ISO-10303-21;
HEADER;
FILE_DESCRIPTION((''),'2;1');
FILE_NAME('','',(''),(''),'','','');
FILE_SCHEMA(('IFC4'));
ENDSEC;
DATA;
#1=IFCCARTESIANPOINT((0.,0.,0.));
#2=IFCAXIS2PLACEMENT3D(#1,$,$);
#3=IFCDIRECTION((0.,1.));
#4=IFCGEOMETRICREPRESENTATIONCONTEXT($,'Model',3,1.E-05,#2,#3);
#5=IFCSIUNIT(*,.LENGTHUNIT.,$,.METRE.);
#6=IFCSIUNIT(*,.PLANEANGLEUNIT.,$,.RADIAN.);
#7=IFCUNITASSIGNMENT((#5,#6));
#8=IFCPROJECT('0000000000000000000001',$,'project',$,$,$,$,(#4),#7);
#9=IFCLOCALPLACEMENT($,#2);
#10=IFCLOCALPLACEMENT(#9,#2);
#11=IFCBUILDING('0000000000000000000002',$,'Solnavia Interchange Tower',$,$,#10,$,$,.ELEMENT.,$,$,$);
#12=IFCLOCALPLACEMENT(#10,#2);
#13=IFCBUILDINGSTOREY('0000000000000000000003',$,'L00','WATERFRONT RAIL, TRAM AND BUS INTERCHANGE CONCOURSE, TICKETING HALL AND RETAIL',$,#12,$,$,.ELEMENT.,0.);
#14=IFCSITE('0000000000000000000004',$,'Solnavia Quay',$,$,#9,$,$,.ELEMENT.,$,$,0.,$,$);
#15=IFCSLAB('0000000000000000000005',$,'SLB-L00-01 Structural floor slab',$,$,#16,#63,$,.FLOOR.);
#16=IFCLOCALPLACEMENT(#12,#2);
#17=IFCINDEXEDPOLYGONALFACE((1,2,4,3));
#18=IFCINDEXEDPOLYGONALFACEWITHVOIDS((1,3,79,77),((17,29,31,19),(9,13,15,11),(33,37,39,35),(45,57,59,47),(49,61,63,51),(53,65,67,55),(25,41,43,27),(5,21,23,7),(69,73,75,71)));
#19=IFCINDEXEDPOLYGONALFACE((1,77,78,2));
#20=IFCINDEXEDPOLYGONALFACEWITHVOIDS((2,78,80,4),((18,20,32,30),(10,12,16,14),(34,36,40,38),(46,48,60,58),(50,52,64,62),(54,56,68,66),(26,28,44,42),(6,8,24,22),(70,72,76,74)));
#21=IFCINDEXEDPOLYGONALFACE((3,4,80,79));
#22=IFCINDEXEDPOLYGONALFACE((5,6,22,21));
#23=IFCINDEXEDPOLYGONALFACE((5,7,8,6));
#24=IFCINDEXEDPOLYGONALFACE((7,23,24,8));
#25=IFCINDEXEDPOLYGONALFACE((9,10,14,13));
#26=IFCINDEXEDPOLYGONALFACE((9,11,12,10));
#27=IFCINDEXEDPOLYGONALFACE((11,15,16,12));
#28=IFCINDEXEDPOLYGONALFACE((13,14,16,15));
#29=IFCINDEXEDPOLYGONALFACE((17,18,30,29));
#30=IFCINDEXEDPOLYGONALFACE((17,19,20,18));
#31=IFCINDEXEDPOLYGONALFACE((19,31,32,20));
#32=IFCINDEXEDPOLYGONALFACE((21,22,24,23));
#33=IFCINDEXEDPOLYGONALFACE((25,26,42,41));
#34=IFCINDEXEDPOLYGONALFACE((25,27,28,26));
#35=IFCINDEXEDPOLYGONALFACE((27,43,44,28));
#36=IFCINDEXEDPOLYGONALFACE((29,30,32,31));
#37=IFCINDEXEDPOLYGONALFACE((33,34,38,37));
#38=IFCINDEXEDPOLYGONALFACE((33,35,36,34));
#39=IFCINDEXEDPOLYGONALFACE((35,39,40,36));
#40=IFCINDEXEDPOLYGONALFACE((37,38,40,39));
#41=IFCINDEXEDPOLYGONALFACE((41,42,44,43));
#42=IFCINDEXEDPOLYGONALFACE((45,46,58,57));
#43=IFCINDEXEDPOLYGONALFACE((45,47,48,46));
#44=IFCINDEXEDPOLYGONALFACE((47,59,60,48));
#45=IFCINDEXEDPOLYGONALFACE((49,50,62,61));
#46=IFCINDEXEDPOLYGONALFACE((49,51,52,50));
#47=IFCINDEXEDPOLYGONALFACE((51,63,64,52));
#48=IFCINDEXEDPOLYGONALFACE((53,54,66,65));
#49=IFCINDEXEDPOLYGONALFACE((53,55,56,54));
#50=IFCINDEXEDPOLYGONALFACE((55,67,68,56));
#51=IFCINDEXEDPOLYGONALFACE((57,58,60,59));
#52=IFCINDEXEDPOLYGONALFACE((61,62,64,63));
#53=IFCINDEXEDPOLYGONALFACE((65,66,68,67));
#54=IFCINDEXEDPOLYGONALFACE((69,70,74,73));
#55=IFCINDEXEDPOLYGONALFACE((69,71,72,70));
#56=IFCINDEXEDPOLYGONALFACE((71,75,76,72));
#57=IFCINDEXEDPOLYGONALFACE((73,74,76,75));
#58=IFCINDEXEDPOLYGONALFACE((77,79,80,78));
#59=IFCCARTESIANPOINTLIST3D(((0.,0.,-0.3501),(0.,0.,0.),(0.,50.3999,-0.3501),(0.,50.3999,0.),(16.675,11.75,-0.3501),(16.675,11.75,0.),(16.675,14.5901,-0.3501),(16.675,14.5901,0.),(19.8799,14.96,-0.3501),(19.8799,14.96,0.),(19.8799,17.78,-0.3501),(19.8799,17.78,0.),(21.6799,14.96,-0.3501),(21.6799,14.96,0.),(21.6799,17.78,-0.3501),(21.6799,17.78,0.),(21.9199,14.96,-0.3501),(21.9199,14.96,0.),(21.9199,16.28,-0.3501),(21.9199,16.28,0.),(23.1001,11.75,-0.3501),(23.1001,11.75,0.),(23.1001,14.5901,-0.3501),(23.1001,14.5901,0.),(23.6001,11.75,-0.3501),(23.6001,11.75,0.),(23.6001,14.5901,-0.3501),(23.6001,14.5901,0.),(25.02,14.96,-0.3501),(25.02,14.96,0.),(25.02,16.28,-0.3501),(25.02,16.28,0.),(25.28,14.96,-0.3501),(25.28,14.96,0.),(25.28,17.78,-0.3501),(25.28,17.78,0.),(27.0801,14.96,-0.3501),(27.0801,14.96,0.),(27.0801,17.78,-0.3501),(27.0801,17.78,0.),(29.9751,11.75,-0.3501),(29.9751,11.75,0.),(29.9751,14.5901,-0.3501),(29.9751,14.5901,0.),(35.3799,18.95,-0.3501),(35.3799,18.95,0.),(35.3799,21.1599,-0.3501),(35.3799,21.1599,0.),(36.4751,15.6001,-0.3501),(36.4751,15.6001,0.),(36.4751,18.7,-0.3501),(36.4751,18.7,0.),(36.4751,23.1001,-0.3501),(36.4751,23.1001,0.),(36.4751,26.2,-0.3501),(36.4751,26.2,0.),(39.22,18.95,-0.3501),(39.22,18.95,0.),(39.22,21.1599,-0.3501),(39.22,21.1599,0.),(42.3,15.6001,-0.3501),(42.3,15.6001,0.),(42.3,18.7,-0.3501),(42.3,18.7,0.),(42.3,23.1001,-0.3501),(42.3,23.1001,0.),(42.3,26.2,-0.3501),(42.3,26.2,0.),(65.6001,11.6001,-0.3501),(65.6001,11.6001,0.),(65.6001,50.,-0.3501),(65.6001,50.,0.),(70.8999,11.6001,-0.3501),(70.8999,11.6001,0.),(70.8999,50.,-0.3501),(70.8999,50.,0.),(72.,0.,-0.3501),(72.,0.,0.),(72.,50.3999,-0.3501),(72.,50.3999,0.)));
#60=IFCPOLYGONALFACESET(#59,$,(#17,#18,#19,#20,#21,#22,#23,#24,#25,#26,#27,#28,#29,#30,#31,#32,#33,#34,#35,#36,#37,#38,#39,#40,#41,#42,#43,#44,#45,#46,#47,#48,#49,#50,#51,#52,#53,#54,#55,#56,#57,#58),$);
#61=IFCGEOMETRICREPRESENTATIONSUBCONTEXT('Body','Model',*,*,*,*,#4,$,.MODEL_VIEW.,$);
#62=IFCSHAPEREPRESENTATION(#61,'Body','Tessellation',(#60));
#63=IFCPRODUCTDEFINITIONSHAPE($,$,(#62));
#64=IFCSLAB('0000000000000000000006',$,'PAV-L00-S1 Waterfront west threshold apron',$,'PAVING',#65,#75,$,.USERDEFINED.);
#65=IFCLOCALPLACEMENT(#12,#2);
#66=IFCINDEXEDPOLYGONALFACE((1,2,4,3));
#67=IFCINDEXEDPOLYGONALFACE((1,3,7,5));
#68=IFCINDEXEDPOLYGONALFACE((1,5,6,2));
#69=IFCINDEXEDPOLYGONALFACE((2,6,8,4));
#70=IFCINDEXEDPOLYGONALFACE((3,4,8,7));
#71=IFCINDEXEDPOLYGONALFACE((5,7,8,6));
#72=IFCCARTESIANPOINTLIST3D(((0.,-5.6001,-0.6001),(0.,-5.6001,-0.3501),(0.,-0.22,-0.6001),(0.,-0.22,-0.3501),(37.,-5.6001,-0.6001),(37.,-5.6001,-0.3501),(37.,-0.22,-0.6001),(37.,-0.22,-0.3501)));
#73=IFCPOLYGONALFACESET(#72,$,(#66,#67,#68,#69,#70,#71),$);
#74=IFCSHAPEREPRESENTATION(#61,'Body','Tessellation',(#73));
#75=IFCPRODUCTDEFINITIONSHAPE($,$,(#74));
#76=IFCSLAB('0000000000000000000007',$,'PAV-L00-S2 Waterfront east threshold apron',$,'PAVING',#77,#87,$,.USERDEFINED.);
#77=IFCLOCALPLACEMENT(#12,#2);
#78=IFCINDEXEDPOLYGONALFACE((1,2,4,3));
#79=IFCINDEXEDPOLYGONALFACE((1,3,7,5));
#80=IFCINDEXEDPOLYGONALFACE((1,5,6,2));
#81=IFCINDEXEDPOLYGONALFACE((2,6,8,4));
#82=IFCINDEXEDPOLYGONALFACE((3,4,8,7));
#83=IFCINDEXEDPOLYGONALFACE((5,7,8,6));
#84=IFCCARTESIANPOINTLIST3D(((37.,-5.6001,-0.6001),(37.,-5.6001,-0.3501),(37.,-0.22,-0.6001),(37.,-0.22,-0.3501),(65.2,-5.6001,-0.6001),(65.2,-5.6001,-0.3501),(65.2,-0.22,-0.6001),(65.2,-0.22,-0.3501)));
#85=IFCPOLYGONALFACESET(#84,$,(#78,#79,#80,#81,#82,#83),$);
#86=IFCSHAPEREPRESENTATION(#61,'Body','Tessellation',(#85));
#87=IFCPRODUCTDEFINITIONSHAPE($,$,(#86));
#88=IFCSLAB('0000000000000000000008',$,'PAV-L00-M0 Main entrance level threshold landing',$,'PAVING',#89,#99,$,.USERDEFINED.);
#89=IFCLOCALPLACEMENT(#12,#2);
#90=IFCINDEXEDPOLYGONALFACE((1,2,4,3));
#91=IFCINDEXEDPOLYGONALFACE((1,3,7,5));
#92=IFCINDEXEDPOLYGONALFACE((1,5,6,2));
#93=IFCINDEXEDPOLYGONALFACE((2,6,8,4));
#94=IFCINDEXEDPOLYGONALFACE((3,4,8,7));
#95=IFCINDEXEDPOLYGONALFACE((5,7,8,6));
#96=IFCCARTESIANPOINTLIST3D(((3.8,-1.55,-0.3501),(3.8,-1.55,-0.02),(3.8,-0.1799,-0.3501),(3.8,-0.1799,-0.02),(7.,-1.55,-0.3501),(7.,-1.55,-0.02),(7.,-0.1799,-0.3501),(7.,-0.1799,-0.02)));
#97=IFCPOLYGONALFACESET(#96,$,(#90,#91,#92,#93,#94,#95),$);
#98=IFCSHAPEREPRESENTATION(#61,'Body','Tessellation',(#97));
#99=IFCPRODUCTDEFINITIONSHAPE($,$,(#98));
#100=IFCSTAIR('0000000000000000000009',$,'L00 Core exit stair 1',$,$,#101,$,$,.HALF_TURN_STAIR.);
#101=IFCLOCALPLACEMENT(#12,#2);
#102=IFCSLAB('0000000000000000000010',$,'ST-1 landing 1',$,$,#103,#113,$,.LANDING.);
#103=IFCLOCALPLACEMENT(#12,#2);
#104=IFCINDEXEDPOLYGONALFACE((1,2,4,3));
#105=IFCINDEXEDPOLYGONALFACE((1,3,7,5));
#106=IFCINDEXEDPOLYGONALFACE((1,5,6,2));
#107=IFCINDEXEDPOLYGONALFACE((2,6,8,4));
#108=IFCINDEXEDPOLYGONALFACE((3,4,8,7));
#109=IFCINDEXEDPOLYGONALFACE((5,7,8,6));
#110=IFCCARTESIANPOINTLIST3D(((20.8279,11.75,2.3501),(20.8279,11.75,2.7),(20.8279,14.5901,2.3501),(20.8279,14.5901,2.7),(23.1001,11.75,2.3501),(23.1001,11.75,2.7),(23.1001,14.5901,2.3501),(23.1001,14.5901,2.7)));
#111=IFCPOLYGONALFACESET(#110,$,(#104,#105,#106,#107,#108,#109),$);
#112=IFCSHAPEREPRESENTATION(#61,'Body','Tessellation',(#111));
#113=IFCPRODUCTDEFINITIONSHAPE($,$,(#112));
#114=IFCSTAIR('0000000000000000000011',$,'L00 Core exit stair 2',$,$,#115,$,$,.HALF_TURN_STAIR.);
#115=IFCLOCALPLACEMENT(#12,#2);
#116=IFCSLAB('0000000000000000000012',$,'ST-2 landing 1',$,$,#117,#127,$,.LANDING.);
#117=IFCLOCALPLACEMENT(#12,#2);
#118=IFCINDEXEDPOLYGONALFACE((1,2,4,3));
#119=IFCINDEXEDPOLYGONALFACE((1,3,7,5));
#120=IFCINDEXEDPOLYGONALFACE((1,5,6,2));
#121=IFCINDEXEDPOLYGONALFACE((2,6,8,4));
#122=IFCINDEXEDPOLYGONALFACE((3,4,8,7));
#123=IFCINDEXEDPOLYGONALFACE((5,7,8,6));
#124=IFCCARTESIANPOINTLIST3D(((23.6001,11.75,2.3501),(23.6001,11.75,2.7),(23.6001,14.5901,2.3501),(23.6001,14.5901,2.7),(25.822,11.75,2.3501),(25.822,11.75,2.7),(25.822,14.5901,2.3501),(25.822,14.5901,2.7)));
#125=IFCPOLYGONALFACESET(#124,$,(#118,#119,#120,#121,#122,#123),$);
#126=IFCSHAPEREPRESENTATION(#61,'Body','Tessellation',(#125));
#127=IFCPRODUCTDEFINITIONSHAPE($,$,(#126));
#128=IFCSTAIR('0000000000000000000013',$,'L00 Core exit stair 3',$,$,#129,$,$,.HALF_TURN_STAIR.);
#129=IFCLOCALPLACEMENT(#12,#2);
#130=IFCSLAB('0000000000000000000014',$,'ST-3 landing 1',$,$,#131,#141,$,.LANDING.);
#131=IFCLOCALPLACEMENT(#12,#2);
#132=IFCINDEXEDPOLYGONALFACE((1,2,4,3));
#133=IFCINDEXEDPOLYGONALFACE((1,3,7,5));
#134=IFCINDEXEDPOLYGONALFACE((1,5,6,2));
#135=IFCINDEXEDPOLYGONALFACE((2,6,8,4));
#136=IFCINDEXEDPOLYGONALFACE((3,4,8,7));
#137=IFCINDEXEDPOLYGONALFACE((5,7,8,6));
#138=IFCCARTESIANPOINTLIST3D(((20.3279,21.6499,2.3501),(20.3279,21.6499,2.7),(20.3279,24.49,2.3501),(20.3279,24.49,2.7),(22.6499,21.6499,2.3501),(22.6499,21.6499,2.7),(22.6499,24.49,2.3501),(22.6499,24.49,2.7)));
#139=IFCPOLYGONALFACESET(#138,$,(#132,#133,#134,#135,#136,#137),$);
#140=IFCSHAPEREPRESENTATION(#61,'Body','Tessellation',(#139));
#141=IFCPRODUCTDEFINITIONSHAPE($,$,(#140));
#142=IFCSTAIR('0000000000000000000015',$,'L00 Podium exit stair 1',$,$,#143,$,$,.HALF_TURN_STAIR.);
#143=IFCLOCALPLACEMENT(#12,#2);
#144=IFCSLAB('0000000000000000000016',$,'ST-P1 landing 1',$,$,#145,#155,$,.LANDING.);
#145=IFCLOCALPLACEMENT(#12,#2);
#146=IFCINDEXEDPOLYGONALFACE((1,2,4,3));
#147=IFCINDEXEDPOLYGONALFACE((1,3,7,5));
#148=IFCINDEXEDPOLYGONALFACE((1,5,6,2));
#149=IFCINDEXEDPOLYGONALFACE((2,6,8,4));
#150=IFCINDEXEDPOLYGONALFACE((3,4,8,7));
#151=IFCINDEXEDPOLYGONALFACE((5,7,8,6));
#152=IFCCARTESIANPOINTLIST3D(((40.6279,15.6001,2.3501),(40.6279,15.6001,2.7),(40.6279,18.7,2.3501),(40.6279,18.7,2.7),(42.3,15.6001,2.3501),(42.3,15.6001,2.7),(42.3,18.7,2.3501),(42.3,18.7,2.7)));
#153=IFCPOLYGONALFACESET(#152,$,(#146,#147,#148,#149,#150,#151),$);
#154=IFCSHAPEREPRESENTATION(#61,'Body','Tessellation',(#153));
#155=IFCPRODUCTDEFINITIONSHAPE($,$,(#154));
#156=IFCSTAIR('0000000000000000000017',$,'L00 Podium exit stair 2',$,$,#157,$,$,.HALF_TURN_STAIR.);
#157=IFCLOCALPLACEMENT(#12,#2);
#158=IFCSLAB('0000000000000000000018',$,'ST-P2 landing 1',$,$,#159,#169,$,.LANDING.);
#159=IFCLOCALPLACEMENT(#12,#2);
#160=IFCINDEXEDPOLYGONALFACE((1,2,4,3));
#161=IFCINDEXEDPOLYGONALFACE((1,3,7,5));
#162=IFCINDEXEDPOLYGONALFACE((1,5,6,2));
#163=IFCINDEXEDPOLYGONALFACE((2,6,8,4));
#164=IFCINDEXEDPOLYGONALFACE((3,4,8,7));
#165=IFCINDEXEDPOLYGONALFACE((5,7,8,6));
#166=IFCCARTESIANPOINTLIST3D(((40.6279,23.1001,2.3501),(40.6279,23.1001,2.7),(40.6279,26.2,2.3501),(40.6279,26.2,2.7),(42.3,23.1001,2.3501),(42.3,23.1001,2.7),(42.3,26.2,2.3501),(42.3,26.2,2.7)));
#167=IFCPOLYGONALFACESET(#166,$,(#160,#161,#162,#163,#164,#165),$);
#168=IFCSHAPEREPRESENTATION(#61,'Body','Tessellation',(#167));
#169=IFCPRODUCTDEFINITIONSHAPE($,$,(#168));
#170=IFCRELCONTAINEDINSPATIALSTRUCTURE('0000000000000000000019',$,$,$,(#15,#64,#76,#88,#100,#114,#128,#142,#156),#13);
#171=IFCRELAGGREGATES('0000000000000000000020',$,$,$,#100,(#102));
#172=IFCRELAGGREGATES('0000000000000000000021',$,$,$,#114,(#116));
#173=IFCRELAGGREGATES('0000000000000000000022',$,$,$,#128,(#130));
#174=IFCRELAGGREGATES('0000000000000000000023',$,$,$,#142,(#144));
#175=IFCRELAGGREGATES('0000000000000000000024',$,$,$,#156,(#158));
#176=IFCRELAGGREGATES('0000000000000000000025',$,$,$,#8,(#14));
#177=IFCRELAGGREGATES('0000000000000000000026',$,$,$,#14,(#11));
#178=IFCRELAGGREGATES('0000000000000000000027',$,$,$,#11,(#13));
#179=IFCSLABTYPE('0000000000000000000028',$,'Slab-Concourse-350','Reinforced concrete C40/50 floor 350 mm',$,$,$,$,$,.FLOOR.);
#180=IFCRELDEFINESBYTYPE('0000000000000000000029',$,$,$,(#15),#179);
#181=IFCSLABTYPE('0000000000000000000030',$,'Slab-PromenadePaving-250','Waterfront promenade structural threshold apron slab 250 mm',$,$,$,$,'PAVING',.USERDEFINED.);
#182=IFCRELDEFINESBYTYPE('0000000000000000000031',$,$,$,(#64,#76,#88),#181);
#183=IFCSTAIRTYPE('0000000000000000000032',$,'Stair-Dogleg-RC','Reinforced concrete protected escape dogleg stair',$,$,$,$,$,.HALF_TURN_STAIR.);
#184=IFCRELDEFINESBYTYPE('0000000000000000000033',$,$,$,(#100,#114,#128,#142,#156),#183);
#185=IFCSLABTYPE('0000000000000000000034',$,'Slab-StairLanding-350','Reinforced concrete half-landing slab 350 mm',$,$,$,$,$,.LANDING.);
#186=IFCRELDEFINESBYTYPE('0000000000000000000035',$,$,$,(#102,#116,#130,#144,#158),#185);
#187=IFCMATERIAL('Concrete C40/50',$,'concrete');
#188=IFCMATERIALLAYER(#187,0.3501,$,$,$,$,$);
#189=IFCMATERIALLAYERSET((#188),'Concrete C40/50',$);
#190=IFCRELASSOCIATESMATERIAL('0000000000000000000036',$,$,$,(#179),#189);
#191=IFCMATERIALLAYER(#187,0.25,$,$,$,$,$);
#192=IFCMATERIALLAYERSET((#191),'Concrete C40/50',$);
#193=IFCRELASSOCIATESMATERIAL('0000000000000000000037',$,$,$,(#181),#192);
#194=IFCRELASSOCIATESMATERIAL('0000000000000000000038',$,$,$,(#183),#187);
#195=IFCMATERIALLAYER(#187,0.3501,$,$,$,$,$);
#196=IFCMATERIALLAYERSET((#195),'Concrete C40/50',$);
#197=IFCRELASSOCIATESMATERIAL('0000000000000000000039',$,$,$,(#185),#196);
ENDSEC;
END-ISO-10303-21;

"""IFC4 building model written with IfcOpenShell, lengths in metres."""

from ifc_helpers import new_model, si_unit, direction, frame, origin, place, context, subcontext, project, spatial, polyline, outline, extrude, material, layer, layer_set, type_object, element, aggregate, save


model = new_model("IFC4")

# Units and contexts
model_context = context("Model", 3, precision=1e-05, world=origin(), true_north=direction((0.0, 1.0)))
body_context = subcontext(model_context, "Body", "Model", "MODEL_VIEW")
ifc_project = project(units=[si_unit("LENGTHUNIT", "METRE"), si_unit("PLANEANGLEUNIT", "RADIAN")], contexts=[model_context])

# Site, building, storey
site_placement = place(None, origin())
site = spatial("IfcSite", under=ifc_project, at=site_placement, Name="Solnavia Quay", CompositionType="ELEMENT", RefElevation=0.0)
building_placement = place(site_placement, origin())
building = spatial("IfcBuilding", under=site, at=building_placement, Name="Solnavia Interchange Tower", CompositionType="ELEMENT")
storey_placement = place(building_placement, origin())
storey = spatial("IfcBuildingStorey", under=building, at=storey_placement, Name="L00", Description="WATERFRONT RAIL, TRAM AND BUS INTERCHANGE CONCOURSE, TICKETING HALL AND RETAIL", CompositionType="ELEMENT", Elevation=0.0)

# Slabs
ifc_material_1 = material(Name="Concrete C40/50", Category="concrete")
ifc_layer_1 = layer(ifc_material_1, 0.3501)
ifc_layer_set_1 = layer_set([ifc_layer_1], Name="Concrete C40/50")
slab_type_1 = type_object("IfcSlabType", Name="Slab-Concourse-350", Description="Reinforced concrete C40/50 floor 350 mm", PredefinedType="FLOOR", material=ifc_layer_set_1)
slab_1_placement = place(storey_placement, frame((0.0, 0.0, -0.3501)))
element("IfcSlab", 1, at=slab_1_placement, inside=storey, type_object=slab_type_1, Name="SLB-L00-01 Structural floor slab", PredefinedType="FLOOR", context=body_context, shape_type="SweptSolid", body=[
    extrude(outline(polyline([(0.0, 0.0), (72.0, 0.0), (72.0, 50.3999), (0.0, 50.3999), (0.0, 0.0)]), holes=[polyline([(16.675, 11.75), (23.1001, 11.75), (23.1001, 14.5901), (16.675, 14.5901), (16.675, 11.75)]), polyline([(23.6001, 11.75), (29.9751, 11.75), (29.9751, 14.5901), (23.6001, 14.5901), (23.6001, 11.75)]), polyline([(36.4751, 15.6001), (42.3, 15.6001), (42.3, 18.7), (36.4751, 18.7), (36.4751, 15.6001)]), polyline([(36.4751, 23.1001), (42.3, 23.1001), (42.3, 26.2), (36.4751, 26.2), (36.4751, 23.1001)]), polyline([(19.8799, 14.96), (21.6799, 14.96), (21.6799, 17.78), (19.8799, 17.78), (19.8799, 14.96)]), polyline([(25.28, 14.96), (27.0801, 14.96), (27.0801, 17.78), (25.28, 17.78), (25.28, 14.96)]), polyline([(21.9199, 14.96), (25.02, 14.96), (25.02, 16.28), (21.9199, 16.28), (21.9199, 14.96)]), polyline([(35.3799, 18.95), (39.22, 18.95), (39.22, 21.1599), (35.3799, 21.1599), (35.3799, 18.95)]), polyline([(65.6001, 11.6001), (70.8999, 11.6001), (70.8999, 50.0), (65.6001, 50.0), (65.6001, 11.6001)])]), origin(), (0.0, 0.0, 1.0), 0.3501),
])
ifc_layer_2 = layer(ifc_material_1, 0.25)
ifc_layer_set_2 = layer_set([ifc_layer_2], Name="Concrete C40/50")
slab_type_2 = type_object("IfcSlabType", Name="Slab-PromenadePaving-250", Description="Waterfront promenade structural threshold apron slab 250 mm", ElementType="PAVING", PredefinedType="USERDEFINED", material=ifc_layer_set_2)
slab_2_placement = place(storey_placement, frame((0.0, 0.0, -0.6001)))
element("IfcSlab", 2, at=slab_2_placement, inside=storey, type_object=slab_type_2, Name="PAV-L00-S1 Waterfront west threshold apron", ObjectType="PAVING", PredefinedType="USERDEFINED", context=body_context, shape_type="SweptSolid", body=[
    extrude(outline(polyline([(0.0, -5.6001), (37.0, -5.6001), (37.0, -0.22), (0.0, -0.22), (0.0, -5.6001)])), origin(), (0.0, 0.0, 1.0), 0.25),
])
slab_3_placement = place(storey_placement, frame((0.0, 0.0, -0.6001)))
element("IfcSlab", 3, at=slab_3_placement, inside=storey, type_object=slab_type_2, Name="PAV-L00-S2 Waterfront east threshold apron", ObjectType="PAVING", PredefinedType="USERDEFINED", context=body_context, shape_type="SweptSolid", body=[
    extrude(outline(polyline([(37.0, -5.6001), (65.2, -5.6001), (65.2, -0.22), (37.0, -0.22), (37.0, -5.6001)])), origin(), (0.0, 0.0, 1.0), 0.25),
])
slab_4_placement = place(storey_placement, frame((0.0, 0.0, -0.3501)))
element("IfcSlab", 4, at=slab_4_placement, inside=storey, type_object=slab_type_2, Name="PAV-L00-M0 Main entrance level threshold landing", ObjectType="PAVING", PredefinedType="USERDEFINED", context=body_context, shape_type="SweptSolid", body=[
    extrude(outline(polyline([(3.8, -1.55), (7.0, -1.55), (7.0, -0.1799), (3.8, -0.1799), (3.8, -1.55)])), origin(), (0.0, 0.0, 1.0), 0.3301),
])

# Stairs, slabs
stair_type = type_object("IfcStairType", Name="Stair-Dogleg-RC", Description="Reinforced concrete protected escape dogleg stair", PredefinedType="HALF_TURN_STAIR", material=ifc_material_1)
stair_1_placement = place(storey_placement, origin())
stair_1 = element("IfcStair", 5, at=stair_1_placement, inside=storey, type_object=stair_type, Name="L00 Core exit stair 1", PredefinedType="HALF_TURN_STAIR")
ifc_layer_3 = layer(ifc_material_1, 0.3501)
ifc_layer_set_3 = layer_set([ifc_layer_3], Name="Concrete C40/50")
slab_type_3 = type_object("IfcSlabType", Name="Slab-StairLanding-350", Description="Reinforced concrete half-landing slab 350 mm", PredefinedType="LANDING", material=ifc_layer_set_3)
slab_5_placement = place(storey_placement, frame((0.0, 0.0, 2.3501)))
slab_5 = element("IfcSlab", 6, at=slab_5_placement, type_object=slab_type_3, Name="ST-1 landing 1", PredefinedType="LANDING", context=body_context, shape_type="SweptSolid", body=[
    extrude(outline(polyline([(20.8279, 11.75), (23.1001, 11.75), (23.1001, 14.5901), (20.8279, 14.5901), (20.8279, 11.75)])), origin(), (0.0, 0.0, 1.0), 0.3499),
])
aggregate(stair_1, [slab_5])
stair_2_placement = place(storey_placement, origin())
stair_2 = element("IfcStair", 7, at=stair_2_placement, inside=storey, type_object=stair_type, Name="L00 Core exit stair 2", PredefinedType="HALF_TURN_STAIR")
slab_6_placement = place(storey_placement, frame((0.0, 0.0, 2.3501)))
slab_6 = element("IfcSlab", 8, at=slab_6_placement, type_object=slab_type_3, Name="ST-2 landing 1", PredefinedType="LANDING", context=body_context, shape_type="SweptSolid", body=[
    extrude(outline(polyline([(23.6001, 11.75), (25.822, 11.75), (25.822, 14.5901), (23.6001, 14.5901), (23.6001, 11.75)])), origin(), (0.0, 0.0, 1.0), 0.3499),
])
aggregate(stair_2, [slab_6])
stair_3_placement = place(storey_placement, origin())
stair_3 = element("IfcStair", 9, at=stair_3_placement, inside=storey, type_object=stair_type, Name="L00 Core exit stair 3", PredefinedType="HALF_TURN_STAIR")
slab_7_placement = place(storey_placement, frame((0.0, 0.0, 2.3501)))
slab_7 = element("IfcSlab", 10, at=slab_7_placement, type_object=slab_type_3, Name="ST-3 landing 1", PredefinedType="LANDING", context=body_context, shape_type="SweptSolid", body=[
    extrude(outline(polyline([(20.3279, 21.6499), (22.6499, 21.6499), (22.6499, 24.49), (20.3279, 24.49), (20.3279, 21.6499)])), origin(), (0.0, 0.0, 1.0), 0.3499),
])
aggregate(stair_3, [slab_7])
stair_4_placement = place(storey_placement, origin())
stair_4 = element("IfcStair", 11, at=stair_4_placement, inside=storey, type_object=stair_type, Name="L00 Podium exit stair 1", PredefinedType="HALF_TURN_STAIR")
slab_8_placement = place(storey_placement, frame((0.0, 0.0, 2.3501)))
slab_8 = element("IfcSlab", 12, at=slab_8_placement, type_object=slab_type_3, Name="ST-P1 landing 1", PredefinedType="LANDING", context=body_context, shape_type="SweptSolid", body=[
    extrude(outline(polyline([(40.6279, 15.6001), (42.3, 15.6001), (42.3, 18.7), (40.6279, 18.7), (40.6279, 15.6001)])), origin(), (0.0, 0.0, 1.0), 0.3499),
])
aggregate(stair_4, [slab_8])
stair_5_placement = place(storey_placement, origin())
stair_5 = element("IfcStair", 13, at=stair_5_placement, inside=storey, type_object=stair_type, Name="L00 Podium exit stair 2", PredefinedType="HALF_TURN_STAIR")
slab_9_placement = place(storey_placement, frame((0.0, 0.0, 2.3501)))
slab_9 = element("IfcSlab", 14, at=slab_9_placement, type_object=slab_type_3, Name="ST-P2 landing 1", PredefinedType="LANDING", context=body_context, shape_type="SweptSolid", body=[
    extrude(outline(polyline([(40.6279, 23.1001), (42.3, 23.1001), (42.3, 26.2), (40.6279, 26.2), (40.6279, 23.1001)])), origin(), (0.0, 0.0, 1.0), 0.3499),
])
aggregate(stair_5, [slab_9])

save(model, "model.ifc")
